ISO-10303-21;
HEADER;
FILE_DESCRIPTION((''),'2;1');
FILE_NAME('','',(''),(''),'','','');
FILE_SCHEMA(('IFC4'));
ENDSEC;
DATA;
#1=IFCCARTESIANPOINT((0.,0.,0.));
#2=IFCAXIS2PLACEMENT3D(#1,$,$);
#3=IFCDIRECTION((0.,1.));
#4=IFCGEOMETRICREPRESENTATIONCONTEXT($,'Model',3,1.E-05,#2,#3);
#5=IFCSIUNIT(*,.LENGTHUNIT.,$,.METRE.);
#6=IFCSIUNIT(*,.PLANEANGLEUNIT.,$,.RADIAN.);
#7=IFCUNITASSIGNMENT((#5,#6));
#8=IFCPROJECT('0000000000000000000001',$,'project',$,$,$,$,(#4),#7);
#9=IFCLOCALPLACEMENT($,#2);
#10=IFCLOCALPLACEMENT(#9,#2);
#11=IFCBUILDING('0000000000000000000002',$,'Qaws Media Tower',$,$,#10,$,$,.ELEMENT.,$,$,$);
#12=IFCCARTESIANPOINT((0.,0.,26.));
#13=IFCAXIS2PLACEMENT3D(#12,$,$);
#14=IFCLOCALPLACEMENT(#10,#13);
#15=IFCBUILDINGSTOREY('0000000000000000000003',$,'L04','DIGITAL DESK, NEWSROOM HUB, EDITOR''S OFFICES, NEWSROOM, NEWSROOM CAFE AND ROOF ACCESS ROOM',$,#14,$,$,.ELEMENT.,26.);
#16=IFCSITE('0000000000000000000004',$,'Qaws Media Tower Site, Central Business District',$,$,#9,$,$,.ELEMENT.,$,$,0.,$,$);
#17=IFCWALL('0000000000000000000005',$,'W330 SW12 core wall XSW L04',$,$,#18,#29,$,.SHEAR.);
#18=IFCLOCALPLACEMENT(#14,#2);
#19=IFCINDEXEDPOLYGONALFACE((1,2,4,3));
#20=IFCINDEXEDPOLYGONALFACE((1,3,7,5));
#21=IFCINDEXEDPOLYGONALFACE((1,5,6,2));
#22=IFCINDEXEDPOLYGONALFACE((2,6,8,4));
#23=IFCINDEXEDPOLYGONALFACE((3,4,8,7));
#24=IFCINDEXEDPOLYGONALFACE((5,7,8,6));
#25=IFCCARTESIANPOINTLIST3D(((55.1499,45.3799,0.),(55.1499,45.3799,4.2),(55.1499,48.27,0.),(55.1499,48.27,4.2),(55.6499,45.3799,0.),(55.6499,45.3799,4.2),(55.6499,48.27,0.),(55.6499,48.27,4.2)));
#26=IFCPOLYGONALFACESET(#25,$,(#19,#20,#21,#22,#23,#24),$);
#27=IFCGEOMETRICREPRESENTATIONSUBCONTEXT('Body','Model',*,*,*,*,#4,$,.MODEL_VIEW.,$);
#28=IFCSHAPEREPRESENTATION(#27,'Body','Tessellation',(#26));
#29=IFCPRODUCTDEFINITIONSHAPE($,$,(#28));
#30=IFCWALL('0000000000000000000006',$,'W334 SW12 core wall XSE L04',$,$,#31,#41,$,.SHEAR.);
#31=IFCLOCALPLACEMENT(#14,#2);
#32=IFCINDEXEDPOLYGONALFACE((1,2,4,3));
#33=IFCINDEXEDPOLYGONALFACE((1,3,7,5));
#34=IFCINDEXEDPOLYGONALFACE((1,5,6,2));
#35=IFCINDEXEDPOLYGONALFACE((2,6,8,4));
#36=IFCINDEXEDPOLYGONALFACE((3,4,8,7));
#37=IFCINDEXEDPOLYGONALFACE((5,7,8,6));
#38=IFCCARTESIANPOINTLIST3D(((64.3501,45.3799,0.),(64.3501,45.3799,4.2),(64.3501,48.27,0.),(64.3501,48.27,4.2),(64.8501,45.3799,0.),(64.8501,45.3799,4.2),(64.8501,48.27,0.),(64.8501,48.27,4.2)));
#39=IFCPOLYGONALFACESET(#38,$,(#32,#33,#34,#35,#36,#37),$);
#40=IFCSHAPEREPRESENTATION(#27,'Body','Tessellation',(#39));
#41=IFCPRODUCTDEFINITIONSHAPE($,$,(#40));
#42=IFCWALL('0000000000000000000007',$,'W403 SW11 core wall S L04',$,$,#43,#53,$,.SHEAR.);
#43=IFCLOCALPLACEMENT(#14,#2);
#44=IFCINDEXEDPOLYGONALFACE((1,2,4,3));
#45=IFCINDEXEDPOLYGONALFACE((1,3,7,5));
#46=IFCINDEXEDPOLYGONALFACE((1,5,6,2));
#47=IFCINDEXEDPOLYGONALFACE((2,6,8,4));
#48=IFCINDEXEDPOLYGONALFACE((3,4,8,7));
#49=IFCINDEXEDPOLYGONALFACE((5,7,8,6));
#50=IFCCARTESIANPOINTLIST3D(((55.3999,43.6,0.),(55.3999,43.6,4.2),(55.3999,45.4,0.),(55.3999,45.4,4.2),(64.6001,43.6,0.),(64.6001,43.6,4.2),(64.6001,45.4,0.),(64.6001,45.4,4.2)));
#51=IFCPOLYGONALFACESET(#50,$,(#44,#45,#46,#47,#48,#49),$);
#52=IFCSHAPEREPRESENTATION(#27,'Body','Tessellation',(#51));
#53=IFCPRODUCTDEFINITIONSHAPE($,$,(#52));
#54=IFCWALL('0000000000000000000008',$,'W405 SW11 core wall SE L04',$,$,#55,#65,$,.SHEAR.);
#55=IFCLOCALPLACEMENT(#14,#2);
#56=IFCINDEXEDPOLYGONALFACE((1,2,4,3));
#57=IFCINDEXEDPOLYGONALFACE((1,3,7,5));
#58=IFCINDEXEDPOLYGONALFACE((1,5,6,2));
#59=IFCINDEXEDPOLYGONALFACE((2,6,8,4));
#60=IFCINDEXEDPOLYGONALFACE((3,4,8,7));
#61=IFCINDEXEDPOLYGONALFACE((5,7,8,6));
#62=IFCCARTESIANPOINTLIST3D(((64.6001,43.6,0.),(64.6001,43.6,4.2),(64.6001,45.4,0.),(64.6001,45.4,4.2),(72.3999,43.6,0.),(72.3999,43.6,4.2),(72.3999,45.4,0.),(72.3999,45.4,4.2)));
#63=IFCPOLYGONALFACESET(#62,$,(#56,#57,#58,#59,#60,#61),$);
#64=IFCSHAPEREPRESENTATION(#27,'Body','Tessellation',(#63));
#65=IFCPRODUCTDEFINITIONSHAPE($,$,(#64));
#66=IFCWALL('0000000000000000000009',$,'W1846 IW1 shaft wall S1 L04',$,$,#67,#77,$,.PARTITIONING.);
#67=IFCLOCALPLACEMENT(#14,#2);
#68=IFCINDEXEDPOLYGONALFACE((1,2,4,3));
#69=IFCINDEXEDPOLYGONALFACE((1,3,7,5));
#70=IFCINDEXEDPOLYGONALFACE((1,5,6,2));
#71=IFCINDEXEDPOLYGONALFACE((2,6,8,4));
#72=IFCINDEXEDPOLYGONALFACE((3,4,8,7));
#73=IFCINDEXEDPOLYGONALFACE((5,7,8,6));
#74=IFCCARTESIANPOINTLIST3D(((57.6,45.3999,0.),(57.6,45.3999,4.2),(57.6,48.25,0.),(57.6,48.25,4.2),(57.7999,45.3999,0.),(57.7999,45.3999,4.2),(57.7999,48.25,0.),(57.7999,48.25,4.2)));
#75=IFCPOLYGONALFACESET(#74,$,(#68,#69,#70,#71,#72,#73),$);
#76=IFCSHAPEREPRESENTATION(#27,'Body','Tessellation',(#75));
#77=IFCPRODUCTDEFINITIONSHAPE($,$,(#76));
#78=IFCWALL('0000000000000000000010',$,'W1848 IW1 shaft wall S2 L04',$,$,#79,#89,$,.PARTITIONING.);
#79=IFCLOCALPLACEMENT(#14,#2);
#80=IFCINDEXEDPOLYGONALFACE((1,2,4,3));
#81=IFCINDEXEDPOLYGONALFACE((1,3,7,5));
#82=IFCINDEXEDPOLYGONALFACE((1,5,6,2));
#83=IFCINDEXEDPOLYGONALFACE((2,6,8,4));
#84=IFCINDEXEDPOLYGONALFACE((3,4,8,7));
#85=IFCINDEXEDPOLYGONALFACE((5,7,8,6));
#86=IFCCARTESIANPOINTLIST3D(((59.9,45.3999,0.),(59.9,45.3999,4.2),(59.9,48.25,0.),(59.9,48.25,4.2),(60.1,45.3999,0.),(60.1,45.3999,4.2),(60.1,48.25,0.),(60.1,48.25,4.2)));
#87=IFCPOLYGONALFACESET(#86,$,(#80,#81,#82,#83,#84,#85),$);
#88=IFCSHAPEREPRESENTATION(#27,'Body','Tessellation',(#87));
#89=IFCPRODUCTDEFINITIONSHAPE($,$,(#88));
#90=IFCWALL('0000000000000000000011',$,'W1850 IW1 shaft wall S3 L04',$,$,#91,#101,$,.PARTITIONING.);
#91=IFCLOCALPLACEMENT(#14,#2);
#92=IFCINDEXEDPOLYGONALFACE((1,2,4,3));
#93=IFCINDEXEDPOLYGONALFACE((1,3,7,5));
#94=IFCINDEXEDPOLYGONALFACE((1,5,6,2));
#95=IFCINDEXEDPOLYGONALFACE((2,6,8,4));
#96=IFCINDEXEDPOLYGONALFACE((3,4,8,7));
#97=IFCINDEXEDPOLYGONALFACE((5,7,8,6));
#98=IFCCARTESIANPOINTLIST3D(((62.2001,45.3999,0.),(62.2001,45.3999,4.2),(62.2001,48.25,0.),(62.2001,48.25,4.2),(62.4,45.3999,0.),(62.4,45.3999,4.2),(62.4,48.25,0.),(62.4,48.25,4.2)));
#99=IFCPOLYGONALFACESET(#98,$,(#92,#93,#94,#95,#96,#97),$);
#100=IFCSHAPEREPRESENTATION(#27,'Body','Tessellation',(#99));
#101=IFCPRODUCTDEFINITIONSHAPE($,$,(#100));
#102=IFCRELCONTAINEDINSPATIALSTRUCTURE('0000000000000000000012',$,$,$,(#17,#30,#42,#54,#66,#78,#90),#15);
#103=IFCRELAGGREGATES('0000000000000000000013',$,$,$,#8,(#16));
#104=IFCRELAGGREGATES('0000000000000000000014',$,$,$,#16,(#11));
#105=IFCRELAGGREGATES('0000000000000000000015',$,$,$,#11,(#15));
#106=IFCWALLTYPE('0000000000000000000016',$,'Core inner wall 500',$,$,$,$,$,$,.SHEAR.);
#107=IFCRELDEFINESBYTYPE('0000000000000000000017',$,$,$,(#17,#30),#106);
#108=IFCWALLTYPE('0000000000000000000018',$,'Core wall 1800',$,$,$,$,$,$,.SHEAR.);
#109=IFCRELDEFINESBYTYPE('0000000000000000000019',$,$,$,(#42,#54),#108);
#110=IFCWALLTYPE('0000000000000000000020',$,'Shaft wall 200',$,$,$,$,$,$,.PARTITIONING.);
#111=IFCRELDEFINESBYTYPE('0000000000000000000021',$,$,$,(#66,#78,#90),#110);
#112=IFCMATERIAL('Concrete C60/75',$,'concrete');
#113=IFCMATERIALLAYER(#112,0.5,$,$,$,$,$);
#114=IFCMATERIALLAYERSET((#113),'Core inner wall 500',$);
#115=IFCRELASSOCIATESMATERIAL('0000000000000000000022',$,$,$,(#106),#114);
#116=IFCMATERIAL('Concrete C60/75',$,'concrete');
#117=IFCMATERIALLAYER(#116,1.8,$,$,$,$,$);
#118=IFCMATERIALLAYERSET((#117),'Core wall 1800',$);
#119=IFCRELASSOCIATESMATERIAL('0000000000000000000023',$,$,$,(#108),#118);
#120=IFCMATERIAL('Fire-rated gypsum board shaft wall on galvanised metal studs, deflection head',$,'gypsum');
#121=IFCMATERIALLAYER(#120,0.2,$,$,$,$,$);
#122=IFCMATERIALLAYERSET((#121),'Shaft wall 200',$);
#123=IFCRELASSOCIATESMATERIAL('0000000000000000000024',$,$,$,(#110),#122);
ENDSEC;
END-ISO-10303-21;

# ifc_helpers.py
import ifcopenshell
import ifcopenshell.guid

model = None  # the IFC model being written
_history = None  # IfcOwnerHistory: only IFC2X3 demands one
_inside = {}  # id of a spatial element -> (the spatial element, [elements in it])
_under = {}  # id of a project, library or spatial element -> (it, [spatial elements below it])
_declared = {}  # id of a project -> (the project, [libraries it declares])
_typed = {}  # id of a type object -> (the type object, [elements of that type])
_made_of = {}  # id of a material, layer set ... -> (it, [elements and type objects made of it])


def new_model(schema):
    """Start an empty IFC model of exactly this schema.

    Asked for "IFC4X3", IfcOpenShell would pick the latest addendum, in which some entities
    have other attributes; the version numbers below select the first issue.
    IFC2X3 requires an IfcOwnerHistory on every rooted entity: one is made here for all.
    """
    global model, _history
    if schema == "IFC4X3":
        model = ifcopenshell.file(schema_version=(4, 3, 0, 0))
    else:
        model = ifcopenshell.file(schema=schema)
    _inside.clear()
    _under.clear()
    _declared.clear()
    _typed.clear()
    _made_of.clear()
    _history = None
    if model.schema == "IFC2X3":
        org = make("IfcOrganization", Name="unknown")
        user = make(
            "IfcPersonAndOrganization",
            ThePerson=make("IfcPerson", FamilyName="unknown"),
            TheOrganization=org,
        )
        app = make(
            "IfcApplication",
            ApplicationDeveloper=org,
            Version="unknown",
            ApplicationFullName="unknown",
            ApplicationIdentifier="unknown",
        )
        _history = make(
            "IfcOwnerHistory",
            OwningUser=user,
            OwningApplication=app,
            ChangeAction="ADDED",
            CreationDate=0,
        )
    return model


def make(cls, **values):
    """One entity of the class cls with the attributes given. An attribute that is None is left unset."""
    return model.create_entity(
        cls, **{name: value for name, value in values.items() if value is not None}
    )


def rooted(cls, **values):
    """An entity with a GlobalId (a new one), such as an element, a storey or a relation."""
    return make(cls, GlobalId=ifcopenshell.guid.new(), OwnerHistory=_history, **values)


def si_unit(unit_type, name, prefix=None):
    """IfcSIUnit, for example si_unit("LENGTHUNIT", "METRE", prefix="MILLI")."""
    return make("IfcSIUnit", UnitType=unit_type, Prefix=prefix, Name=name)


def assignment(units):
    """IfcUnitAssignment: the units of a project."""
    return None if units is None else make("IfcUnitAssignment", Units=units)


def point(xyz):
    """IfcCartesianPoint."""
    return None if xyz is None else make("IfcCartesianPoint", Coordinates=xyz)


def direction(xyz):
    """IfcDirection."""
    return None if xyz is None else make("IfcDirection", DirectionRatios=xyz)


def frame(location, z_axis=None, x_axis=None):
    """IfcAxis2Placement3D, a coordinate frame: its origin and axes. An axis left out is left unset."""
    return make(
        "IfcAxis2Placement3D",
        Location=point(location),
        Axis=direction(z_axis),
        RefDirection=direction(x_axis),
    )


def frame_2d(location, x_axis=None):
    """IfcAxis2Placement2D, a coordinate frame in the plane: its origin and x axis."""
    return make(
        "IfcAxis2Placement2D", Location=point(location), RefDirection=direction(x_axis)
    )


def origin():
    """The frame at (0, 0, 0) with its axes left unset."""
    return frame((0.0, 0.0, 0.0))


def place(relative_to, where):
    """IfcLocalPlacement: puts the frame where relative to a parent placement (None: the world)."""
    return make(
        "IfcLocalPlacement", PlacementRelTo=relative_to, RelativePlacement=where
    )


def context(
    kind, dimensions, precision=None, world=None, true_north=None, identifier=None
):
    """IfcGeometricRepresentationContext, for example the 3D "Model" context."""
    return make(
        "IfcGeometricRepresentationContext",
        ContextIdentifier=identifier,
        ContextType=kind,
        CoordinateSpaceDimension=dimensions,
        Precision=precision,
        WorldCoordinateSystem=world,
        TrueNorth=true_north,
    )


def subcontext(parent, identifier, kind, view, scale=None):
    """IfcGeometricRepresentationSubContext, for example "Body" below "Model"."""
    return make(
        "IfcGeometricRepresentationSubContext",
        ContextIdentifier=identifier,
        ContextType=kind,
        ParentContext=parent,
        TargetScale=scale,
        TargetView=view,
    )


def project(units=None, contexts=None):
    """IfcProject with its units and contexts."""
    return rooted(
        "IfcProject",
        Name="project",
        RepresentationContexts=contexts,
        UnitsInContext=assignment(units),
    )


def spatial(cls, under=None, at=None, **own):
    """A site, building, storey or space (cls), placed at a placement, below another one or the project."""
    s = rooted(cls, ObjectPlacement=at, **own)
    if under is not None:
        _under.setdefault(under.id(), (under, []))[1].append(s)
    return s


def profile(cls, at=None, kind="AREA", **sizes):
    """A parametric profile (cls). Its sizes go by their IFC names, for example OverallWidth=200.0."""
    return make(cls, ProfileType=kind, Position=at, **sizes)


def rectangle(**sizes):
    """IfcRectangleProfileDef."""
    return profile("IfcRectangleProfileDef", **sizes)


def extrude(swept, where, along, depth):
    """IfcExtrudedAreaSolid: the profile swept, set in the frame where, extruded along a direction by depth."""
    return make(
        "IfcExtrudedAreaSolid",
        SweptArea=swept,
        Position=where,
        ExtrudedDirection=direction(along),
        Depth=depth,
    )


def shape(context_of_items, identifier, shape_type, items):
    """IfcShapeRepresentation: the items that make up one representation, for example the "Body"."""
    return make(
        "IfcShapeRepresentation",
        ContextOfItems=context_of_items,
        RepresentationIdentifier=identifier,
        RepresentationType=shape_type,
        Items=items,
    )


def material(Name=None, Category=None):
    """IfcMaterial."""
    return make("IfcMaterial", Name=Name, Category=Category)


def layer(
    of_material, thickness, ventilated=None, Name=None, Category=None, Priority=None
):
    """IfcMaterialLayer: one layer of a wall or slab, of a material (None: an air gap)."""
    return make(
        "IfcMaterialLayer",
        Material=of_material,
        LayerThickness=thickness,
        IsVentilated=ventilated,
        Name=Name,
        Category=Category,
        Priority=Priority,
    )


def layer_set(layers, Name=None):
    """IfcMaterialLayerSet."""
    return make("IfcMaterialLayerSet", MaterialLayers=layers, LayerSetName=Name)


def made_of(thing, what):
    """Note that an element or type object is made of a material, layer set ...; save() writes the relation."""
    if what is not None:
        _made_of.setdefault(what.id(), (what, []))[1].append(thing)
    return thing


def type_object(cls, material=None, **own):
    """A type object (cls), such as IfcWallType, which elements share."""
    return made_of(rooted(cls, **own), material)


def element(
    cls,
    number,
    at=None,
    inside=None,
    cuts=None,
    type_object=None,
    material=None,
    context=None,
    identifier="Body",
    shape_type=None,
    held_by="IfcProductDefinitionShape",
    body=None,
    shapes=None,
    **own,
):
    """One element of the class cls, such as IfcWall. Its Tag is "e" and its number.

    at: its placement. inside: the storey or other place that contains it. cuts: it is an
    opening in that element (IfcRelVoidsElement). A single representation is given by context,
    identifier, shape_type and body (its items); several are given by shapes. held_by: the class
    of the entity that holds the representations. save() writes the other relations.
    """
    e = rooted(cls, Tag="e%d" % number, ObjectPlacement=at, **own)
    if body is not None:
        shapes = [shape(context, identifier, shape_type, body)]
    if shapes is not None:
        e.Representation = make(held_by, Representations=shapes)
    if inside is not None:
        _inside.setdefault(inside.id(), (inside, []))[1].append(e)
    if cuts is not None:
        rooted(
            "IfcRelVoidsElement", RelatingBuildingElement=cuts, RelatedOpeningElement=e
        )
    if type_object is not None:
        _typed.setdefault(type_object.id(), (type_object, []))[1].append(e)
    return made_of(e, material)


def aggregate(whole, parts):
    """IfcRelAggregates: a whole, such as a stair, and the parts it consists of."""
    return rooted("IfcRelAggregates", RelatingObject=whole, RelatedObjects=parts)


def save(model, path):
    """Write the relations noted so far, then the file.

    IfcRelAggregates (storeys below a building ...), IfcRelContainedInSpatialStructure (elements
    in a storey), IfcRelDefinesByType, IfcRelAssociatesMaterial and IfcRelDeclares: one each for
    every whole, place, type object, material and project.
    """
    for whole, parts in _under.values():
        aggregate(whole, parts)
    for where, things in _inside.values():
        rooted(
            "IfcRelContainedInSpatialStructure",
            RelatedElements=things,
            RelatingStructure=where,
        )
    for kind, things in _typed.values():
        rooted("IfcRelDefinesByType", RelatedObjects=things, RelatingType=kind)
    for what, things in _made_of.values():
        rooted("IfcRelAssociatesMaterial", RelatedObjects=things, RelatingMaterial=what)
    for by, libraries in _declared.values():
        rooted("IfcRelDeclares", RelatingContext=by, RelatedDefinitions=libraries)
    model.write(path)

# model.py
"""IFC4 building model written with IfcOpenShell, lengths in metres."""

from ifc_helpers import new_model, si_unit, direction, frame, frame_2d, origin, place, context, subcontext, project, spatial, rectangle, extrude, material, layer, layer_set, type_object, element, save


model = new_model("IFC4")

# Units and contexts
model_context = context("Model", 3, precision=1e-05, world=origin(), true_north=direction((0.0, 1.0)))
body_context = subcontext(model_context, "Body", "Model", "MODEL_VIEW")
ifc_project = project(units=[si_unit("LENGTHUNIT", "METRE"), si_unit("PLANEANGLEUNIT", "RADIAN")], contexts=[model_context])

# Site, building, storey
site_placement = place(None, origin())
site = spatial("IfcSite", under=ifc_project, at=site_placement, Name="Qaws Media Tower Site, Central Business District", CompositionType="ELEMENT", RefElevation=0.0)
building_placement = place(site_placement, origin())
building = spatial("IfcBuilding", under=site, at=building_placement, Name="Qaws Media Tower", CompositionType="ELEMENT")
storey_placement = place(building_placement, frame((0.0, 0.0, 26.0)))
storey = spatial("IfcBuildingStorey", under=building, at=storey_placement, Name="L04", Description="DIGITAL DESK, NEWSROOM HUB, EDITOR'S OFFICES, NEWSROOM, NEWSROOM CAFE AND ROOF ACCESS ROOM", CompositionType="ELEMENT", Elevation=26.0)

# Shared definitions
ifc_material_1 = material(Name="Concrete C60/75", Category="concrete")
ifc_layer_1 = layer(ifc_material_1, 0.5)
ifc_layer_set_1 = layer_set([ifc_layer_1], Name="Core inner wall 500")
wall_type_1 = type_object("IfcWallType", Name="Core inner wall 500", PredefinedType="SHEAR", material=ifc_layer_set_1)

# Walls
for number, where, z_axis, x_axis, name in (
    (1, (55.3999, 48.27, 0.0), (0.0, 0.0, 1.0), (0.0, -1.0, 0.0), "W330 SW12 core wall XSW L04"),
    (2, (64.6001, 48.27, 0.0), (0.0, 0.0, 1.0), (0.0, -1.0, 0.0), "W334 SW12 core wall XSE L04"),
):
    element("IfcWall", number, at=place(storey_placement, frame(where, z_axis=z_axis, x_axis=x_axis)), inside=storey, type_object=wall_type_1, Name=name, PredefinedType="SHEAR", context=body_context, shape_type="SweptSolid", body=[
        extrude(rectangle(XDim=2.8901, YDim=0.5, at=frame_2d((1.4451, 0.0))), origin(), (0.0, 0.0, 1.0), 4.2),
    ])
ifc_material_2 = material(Name="Concrete C60/75", Category="concrete")
ifc_layer_2 = layer(ifc_material_2, 1.8)
ifc_layer_set_2 = layer_set([ifc_layer_2], Name="Core wall 1800")
wall_type_2 = type_object("IfcWallType", Name="Core wall 1800", PredefinedType="SHEAR", material=ifc_layer_set_2)
wall_1_placement = place(storey_placement, frame((55.3999, 44.5, 0.0), z_axis=(0.0, 0.0, 1.0), x_axis=(1.0, 0.0, 0.0)))
element("IfcWall", 3, at=wall_1_placement, inside=storey, type_object=wall_type_2, Name="W403 SW11 core wall S L04", PredefinedType="SHEAR", context=body_context, shape_type="SweptSolid", body=[
    extrude(rectangle(XDim=9.2002, YDim=1.8, at=frame_2d((4.6001, 0.0))), origin(), (0.0, 0.0, 1.0), 4.2),
])
wall_2_placement = place(storey_placement, frame((64.6001, 44.5, 0.0), z_axis=(0.0, 0.0, 1.0), x_axis=(1.0, 0.0, 0.0)))
element("IfcWall", 4, at=wall_2_placement, inside=storey, type_object=wall_type_2, Name="W405 SW11 core wall SE L04", PredefinedType="SHEAR", context=body_context, shape_type="SweptSolid", body=[
    extrude(rectangle(XDim=7.7998, YDim=1.8, at=frame_2d((3.8999, 0.0))), origin(), (0.0, 0.0, 1.0), 4.2),
])
ifc_material_3 = material(Name="Fire-rated gypsum board shaft wall on galvanised metal studs, deflection head", Category="gypsum")
ifc_layer_3 = layer(ifc_material_3, 0.2)
ifc_layer_set_3 = layer_set([ifc_layer_3], Name="Shaft wall 200")
wall_type_3 = type_object("IfcWallType", Name="Shaft wall 200", PredefinedType="PARTITIONING", material=ifc_layer_set_3)
for number, where, z_axis, x_axis, name in (
    (5, (57.7, 45.3999, 0.0), (0.0, 0.0, 1.0), (0.0, 1.0, 0.0), "W1846 IW1 shaft wall S1 L04"),
    (6, (60.0, 45.3999, 0.0), (0.0, 0.0, 1.0), (0.0, 1.0, 0.0), "W1848 IW1 shaft wall S2 L04"),
    (7, (62.3, 45.3999, 0.0), (0.0, 0.0, 1.0), (0.0, 1.0, 0.0), "W1850 IW1 shaft wall S3 L04"),
):
    element("IfcWall", number, at=place(storey_placement, frame(where, z_axis=z_axis, x_axis=x_axis)), inside=storey, type_object=wall_type_3, Name=name, PredefinedType="PARTITIONING", context=body_context, shape_type="SweptSolid", body=[
        extrude(rectangle(XDim=2.8501, YDim=0.2, at=frame_2d((1.425, 0.0))), origin(), (0.0, 0.0, 1.0), 4.2),
    ])

save(model, "model.ifc")
